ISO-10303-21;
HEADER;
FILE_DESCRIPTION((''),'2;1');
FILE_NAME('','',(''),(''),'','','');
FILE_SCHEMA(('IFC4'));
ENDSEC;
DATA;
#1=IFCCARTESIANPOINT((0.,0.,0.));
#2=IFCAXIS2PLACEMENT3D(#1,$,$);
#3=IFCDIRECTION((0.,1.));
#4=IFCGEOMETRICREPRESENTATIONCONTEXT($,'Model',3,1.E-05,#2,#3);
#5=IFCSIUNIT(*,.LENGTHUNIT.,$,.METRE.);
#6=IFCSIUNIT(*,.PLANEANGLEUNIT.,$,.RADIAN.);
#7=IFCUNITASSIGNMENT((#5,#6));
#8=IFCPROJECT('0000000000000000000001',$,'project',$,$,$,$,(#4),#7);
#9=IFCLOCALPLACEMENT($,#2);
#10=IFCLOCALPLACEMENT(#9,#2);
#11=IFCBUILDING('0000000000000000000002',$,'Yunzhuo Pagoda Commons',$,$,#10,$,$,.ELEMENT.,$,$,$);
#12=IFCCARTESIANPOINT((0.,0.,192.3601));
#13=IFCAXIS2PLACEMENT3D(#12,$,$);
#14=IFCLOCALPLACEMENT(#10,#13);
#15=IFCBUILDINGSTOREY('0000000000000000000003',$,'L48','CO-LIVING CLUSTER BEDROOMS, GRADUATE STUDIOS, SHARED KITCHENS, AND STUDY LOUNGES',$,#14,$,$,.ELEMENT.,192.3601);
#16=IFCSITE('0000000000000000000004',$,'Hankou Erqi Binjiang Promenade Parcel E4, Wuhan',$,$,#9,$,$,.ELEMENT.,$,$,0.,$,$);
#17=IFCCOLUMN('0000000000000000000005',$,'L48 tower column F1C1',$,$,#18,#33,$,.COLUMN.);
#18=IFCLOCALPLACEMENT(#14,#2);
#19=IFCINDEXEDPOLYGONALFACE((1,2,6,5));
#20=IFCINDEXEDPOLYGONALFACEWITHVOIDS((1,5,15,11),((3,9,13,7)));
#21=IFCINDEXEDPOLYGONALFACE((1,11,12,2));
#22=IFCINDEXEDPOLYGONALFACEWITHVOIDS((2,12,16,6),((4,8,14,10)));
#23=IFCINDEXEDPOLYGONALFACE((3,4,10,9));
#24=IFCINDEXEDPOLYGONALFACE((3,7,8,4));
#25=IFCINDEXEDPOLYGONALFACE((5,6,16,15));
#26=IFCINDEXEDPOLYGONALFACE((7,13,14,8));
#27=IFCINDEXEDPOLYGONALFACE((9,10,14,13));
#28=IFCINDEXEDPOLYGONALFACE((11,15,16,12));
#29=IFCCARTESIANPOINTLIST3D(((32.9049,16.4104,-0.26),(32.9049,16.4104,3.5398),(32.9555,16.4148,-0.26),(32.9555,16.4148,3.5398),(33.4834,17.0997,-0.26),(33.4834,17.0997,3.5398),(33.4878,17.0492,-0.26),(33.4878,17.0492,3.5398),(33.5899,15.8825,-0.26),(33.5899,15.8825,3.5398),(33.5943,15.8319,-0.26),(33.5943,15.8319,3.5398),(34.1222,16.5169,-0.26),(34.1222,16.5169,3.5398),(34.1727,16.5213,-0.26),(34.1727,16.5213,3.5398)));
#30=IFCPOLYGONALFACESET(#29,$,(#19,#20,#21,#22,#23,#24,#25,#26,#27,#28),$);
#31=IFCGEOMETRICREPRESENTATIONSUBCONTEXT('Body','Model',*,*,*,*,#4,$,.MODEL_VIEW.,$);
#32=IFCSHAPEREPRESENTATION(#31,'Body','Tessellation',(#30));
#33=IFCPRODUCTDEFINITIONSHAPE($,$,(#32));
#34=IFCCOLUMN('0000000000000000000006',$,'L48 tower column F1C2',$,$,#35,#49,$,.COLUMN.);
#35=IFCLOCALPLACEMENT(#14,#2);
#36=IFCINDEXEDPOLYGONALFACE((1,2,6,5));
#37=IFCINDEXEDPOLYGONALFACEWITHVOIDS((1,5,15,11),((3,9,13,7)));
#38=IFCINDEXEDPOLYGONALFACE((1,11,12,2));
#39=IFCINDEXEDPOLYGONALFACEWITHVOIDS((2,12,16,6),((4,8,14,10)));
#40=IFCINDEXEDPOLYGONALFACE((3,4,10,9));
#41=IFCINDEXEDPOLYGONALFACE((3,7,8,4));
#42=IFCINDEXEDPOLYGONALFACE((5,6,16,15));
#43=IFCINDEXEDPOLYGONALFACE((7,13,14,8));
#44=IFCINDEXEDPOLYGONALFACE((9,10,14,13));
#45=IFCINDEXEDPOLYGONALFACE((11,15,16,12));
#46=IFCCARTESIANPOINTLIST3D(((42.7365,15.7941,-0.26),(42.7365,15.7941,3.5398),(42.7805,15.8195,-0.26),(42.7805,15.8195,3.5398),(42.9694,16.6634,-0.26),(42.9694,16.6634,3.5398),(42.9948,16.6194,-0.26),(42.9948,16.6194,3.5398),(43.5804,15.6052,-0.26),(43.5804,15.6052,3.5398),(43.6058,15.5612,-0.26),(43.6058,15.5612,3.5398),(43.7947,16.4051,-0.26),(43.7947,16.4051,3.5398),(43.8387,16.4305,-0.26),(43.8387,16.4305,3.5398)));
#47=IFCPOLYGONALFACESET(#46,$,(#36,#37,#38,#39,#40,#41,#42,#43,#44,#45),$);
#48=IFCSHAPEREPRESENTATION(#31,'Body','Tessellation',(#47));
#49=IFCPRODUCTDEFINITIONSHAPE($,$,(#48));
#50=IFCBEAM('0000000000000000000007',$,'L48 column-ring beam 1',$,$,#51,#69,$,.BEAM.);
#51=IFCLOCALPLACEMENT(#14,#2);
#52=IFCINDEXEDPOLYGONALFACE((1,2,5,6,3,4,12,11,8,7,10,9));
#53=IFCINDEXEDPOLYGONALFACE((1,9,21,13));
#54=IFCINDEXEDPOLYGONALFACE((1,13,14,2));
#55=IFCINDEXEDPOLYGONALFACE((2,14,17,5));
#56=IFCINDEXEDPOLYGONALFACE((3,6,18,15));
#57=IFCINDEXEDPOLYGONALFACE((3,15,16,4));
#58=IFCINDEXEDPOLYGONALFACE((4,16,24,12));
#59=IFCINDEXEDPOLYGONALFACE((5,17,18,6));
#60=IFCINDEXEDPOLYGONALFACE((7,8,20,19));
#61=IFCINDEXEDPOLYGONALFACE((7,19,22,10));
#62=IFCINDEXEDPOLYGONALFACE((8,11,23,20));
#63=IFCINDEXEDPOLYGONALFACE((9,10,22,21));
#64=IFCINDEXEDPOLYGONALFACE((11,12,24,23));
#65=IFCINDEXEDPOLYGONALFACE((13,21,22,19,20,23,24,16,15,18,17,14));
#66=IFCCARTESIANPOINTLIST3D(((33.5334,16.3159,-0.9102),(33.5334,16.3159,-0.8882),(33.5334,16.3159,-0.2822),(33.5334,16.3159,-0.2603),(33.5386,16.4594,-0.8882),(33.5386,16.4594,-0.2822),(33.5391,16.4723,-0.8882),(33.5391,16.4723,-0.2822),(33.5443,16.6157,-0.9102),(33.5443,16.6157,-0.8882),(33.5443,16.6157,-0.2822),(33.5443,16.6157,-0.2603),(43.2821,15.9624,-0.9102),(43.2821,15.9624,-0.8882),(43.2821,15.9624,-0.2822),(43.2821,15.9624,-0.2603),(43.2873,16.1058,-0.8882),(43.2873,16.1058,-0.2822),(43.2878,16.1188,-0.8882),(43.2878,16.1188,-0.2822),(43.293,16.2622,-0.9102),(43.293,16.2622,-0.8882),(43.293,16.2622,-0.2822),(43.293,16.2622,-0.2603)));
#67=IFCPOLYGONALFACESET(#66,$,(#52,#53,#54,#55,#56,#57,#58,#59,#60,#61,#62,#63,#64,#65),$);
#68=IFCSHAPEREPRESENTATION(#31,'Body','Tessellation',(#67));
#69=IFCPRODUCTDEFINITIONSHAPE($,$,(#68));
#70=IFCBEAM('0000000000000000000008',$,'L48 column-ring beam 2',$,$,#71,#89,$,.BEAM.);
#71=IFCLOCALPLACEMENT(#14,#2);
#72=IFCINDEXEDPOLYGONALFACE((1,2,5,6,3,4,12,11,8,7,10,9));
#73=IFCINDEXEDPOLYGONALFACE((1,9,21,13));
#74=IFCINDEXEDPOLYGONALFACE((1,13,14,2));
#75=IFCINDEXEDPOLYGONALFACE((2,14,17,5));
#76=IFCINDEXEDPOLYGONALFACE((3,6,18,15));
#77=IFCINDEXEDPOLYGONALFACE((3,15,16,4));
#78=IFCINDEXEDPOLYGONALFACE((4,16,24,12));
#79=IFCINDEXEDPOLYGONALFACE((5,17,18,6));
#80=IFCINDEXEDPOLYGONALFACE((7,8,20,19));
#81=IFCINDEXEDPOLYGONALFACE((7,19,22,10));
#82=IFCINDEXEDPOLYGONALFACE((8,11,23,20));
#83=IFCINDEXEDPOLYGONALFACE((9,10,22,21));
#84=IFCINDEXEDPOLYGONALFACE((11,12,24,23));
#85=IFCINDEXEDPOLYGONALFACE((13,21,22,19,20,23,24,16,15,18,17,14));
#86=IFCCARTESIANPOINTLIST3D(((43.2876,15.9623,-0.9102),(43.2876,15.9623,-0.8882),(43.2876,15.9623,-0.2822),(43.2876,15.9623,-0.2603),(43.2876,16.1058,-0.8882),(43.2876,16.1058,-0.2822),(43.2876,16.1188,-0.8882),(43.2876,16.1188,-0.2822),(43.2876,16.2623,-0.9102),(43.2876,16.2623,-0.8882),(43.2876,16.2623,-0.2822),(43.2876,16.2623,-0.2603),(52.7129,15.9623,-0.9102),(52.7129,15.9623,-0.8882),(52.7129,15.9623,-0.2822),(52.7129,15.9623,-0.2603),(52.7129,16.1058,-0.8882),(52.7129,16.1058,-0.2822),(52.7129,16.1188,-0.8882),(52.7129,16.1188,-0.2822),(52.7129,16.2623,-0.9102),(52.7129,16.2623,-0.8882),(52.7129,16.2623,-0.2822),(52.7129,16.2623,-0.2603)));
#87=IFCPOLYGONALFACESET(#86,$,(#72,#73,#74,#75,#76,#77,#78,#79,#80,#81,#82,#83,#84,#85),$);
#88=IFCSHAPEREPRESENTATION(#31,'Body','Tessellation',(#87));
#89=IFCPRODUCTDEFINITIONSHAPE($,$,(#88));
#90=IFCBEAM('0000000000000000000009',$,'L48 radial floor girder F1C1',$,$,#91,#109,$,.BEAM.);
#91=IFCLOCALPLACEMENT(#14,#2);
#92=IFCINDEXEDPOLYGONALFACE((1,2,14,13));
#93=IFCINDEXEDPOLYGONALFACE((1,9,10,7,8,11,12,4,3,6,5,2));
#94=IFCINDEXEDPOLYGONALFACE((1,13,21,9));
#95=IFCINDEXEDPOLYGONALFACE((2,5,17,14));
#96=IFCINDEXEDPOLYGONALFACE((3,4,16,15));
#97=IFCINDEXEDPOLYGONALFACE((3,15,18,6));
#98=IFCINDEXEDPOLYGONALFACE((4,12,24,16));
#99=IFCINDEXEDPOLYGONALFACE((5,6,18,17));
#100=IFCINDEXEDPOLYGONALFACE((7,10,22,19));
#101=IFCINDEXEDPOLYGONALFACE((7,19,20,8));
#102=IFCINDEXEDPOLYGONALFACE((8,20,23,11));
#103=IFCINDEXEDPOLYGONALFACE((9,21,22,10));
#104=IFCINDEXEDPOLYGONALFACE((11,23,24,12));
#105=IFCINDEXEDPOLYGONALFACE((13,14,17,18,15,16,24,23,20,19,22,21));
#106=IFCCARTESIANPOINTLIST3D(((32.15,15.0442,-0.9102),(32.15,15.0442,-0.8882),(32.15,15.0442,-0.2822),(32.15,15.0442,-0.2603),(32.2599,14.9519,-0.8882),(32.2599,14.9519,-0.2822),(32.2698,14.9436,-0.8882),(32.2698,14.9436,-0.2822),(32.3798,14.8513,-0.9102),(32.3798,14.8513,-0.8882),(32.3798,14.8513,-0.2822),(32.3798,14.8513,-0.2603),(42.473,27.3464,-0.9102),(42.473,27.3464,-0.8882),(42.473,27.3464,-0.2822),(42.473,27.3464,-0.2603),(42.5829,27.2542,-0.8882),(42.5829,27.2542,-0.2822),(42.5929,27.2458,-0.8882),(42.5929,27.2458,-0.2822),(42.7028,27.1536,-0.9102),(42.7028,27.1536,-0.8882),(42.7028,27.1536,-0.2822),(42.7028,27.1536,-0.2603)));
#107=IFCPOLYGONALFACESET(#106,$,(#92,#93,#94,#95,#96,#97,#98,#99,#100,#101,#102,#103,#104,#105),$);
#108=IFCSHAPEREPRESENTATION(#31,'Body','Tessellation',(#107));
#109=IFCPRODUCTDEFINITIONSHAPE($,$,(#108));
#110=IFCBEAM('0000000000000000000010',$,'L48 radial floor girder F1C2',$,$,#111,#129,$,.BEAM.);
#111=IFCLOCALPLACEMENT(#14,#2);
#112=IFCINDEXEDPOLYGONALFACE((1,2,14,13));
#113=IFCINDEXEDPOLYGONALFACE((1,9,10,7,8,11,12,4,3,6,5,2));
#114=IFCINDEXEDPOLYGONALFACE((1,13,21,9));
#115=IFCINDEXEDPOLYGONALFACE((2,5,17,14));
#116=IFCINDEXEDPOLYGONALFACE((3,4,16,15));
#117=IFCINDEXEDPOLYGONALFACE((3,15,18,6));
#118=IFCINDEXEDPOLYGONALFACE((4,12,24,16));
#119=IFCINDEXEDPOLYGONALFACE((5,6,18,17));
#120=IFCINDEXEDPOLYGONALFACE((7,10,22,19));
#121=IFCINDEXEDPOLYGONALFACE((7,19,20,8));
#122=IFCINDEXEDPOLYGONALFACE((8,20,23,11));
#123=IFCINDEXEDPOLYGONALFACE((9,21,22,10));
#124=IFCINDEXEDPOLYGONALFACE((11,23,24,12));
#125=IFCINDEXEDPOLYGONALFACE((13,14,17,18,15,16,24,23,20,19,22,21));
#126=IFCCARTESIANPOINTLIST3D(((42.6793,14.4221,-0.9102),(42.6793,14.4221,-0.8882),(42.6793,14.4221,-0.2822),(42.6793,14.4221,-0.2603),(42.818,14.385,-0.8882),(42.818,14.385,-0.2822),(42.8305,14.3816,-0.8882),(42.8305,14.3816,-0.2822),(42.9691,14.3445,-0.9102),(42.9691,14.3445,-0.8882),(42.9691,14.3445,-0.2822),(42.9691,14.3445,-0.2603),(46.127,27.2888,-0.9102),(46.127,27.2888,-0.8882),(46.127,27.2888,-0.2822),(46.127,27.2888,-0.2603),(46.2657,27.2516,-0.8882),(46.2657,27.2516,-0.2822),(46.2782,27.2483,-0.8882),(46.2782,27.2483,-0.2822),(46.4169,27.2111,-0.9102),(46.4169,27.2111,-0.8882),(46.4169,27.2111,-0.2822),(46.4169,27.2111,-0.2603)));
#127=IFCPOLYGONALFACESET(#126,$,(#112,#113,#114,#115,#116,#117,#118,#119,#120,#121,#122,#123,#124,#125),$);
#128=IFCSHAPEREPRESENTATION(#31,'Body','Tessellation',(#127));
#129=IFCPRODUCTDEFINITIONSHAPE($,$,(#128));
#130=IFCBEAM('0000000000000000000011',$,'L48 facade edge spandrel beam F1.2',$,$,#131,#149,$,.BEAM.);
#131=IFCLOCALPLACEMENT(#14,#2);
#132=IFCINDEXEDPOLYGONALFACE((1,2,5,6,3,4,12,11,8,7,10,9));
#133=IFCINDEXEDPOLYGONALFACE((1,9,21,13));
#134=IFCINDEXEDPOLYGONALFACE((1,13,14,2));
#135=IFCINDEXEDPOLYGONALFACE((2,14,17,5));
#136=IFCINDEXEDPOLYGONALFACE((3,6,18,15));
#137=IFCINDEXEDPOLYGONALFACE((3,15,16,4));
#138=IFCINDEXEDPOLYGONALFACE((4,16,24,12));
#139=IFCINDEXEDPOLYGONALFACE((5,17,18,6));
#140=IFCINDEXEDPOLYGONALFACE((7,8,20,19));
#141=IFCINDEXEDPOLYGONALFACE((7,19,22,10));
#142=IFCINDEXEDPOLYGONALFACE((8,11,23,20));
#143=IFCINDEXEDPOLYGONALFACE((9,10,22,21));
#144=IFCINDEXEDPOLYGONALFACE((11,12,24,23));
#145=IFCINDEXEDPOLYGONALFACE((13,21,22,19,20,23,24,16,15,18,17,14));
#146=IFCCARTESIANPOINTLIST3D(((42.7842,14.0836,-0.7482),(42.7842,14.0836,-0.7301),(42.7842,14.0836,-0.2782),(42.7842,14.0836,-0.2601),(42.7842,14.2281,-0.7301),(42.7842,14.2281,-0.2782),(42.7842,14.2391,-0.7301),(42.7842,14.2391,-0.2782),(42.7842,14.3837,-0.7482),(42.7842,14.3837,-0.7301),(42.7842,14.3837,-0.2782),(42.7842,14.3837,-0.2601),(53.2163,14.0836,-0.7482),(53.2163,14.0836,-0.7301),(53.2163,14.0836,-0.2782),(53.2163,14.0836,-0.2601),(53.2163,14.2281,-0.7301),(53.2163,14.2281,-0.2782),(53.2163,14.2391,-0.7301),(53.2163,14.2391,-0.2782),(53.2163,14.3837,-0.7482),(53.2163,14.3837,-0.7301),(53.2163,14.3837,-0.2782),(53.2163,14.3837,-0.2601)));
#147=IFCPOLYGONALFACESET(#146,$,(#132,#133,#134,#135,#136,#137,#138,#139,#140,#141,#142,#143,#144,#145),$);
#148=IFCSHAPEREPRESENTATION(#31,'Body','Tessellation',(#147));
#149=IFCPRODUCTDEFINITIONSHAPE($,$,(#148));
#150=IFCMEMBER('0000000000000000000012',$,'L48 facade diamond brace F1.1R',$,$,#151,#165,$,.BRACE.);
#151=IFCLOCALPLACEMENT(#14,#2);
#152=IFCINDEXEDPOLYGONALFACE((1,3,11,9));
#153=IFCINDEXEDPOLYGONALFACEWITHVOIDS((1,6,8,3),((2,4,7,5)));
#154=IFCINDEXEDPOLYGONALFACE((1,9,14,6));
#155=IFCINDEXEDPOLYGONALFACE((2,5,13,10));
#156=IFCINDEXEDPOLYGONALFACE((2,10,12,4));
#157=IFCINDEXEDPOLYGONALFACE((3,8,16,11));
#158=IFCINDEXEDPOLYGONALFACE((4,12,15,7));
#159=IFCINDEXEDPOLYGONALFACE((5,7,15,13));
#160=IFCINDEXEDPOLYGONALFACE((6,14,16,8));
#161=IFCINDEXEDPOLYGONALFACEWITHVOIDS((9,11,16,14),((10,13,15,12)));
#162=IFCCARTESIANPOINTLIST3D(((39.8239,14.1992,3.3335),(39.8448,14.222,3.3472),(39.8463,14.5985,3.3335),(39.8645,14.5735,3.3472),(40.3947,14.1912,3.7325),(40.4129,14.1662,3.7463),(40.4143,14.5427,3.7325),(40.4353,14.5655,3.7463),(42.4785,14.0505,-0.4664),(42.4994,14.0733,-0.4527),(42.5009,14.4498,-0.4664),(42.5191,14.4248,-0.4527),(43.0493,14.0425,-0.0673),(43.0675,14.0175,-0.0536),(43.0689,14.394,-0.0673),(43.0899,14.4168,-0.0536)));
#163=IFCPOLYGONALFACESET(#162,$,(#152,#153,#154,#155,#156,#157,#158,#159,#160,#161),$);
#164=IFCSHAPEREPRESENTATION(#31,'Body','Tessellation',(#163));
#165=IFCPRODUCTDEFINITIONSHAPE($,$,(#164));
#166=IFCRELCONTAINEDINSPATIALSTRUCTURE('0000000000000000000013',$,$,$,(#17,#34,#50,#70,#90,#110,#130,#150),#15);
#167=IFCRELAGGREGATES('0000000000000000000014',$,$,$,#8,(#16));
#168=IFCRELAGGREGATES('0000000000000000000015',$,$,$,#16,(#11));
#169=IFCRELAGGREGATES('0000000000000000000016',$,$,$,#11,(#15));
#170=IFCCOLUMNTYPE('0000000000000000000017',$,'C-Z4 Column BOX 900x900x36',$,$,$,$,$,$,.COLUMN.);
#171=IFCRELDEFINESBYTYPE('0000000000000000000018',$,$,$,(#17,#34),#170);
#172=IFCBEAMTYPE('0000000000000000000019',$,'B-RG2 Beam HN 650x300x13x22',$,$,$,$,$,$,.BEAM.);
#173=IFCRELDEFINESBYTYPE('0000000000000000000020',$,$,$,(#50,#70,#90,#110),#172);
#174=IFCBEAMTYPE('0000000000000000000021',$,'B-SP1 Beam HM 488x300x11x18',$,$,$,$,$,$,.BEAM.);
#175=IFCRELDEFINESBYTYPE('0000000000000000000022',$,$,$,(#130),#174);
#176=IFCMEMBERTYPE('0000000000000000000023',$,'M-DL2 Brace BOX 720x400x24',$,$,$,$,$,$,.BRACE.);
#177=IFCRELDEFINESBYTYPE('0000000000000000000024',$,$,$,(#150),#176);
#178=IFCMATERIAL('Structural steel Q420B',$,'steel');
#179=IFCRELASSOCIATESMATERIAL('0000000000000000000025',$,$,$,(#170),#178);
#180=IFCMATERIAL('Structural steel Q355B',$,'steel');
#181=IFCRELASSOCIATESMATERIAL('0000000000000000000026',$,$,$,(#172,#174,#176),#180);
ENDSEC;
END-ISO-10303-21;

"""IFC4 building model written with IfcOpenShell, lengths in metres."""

from ifc_helpers import new_model, si_unit, direction, frame, origin, origin_2d, place, context, subcontext, project, spatial, hollow_rectangle, i_section, extrude, source, transform, mapped, material, material_profile, profile_set, type_object, element, save


model = new_model("IFC4")

# Units and contexts
model_context = context("Model", 3, precision=1e-05, world=origin(), true_north=direction((0.0, 1.0)))
body_context = subcontext(model_context, "Body", "Model", "MODEL_VIEW")
ifc_project = project(units=[si_unit("LENGTHUNIT", "METRE"), si_unit("PLANEANGLEUNIT", "RADIAN")], contexts=[model_context])

# Site, building, storey
site_placement = place(None, origin())
site = spatial("IfcSite", under=ifc_project, at=site_placement, Name="Hankou Erqi Binjiang Promenade Parcel E4, Wuhan", CompositionType="ELEMENT", RefElevation=0.0)
building_placement = place(site_placement, origin())
building = spatial("IfcBuilding", under=site, at=building_placement, Name="Yunzhuo Pagoda Commons", CompositionType="ELEMENT")
storey_placement = place(building_placement, frame((0.0, 0.0, 192.3601)))
storey = spatial("IfcBuildingStorey", under=building, at=storey_placement, Name="L48", Description="CO-LIVING CLUSTER BEDROOMS, GRADUATE STUDIOS, SHARED KITCHENS, AND STUDY LOUNGES", CompositionType="ELEMENT", Elevation=192.3601)

# Columns
ifc_material_1 = material(Name="Structural steel Q420B", Category="steel")
ifc_material_profile_1 = material_profile(ifc_material_1, hollow_rectangle(XDim=0.8999, YDim=0.8999, WallThickness=0.0359, at=origin_2d()), Name="Structural steel Q420B")
ifc_profile_set_1 = profile_set([ifc_material_profile_1], Name="Structural steel Q420B")
column_type = type_object("IfcColumnType", Name="C-Z4 Column BOX 900x900x36", PredefinedType="COLUMN", material=ifc_profile_set_1)
shared_shape_1 = source(origin(), body_context, "Body", "SweptSolid", [
    extrude(hollow_rectangle(XDim=0.8999, YDim=0.8999, WallThickness=0.0359, at=origin_2d()), origin(), (0.0, 0.0, 1.0), 3.7998),
])
for number, where, z_axis, x_axis, name in (
    (1, (33.5388, 16.4658, -0.26), (0.0, 0.0, 1.0), (0.766044, -0.642788, 0.0), "L48 tower column F1C1"),
    (2, (43.2876, 16.1123, -0.26), (0.0, 0.0, 1.0), (0.965926, -0.258819, 0.0), "L48 tower column F1C2"),
):
    element("IfcColumn", number, at=place(storey_placement, frame(where, z_axis=z_axis, x_axis=x_axis)), inside=storey, type_object=column_type, Name=name, PredefinedType="COLUMN", context=body_context, shape_type="MappedRepresentation", body=[
        mapped(shared_shape_1, transform((0.0, 0.0, 0.0), scale=1.0)),
    ])

# Beams
ifc_material_2 = material(Name="Structural steel Q355B", Category="steel")
ifc_material_profile_2 = material_profile(ifc_material_2, i_section(OverallWidth=0.3, OverallDepth=0.6499, WebThickness=0.0129, FlangeThickness=0.022, at=origin_2d()), Name="Structural steel Q355B")
ifc_profile_set_2 = profile_set([ifc_material_profile_2], Name="Structural steel Q355B")
beam_type_1 = type_object("IfcBeamType", Name="B-RG2 Beam HN 650x300x13x22", PredefinedType="BEAM", material=ifc_profile_set_2)
shared_shape_2 = source(origin(), body_context, "Body", "SweptSolid", [
    extrude(i_section(OverallWidth=0.3, OverallDepth=0.6499, WebThickness=0.0129, FlangeThickness=0.022, at=origin_2d()), origin(), (0.0, 0.0, 1.0), 9.7551),
])
beam_1_placement = place(storey_placement, frame((33.5388, 16.4658, -0.5852), z_axis=(0.999343, -0.036239, 0.0), x_axis=(0.036239, 0.999343, 0.0)))
element("IfcBeam", 3, at=beam_1_placement, inside=storey, type_object=beam_type_1, Name="L48 column-ring beam 1", PredefinedType="BEAM", context=body_context, shape_type="MappedRepresentation", body=[
    mapped(shared_shape_2, transform((0.0, 0.0, 0.0), scale=1.0)),
])
shared_shape_3 = source(origin(), body_context, "Body", "SweptSolid", [
    extrude(i_section(OverallWidth=0.3, OverallDepth=0.6499, WebThickness=0.0129, FlangeThickness=0.022, at=origin_2d()), origin(), (0.0, 0.0, 1.0), 9.4253),
])
beam_2_placement = place(storey_placement, frame((43.2876, 16.1123, -0.5852), z_axis=(1.0, 0.0, 0.0), x_axis=(0.0, 1.0, 0.0)))
element("IfcBeam", 4, at=beam_2_placement, inside=storey, type_object=beam_type_1, Name="L48 column-ring beam 2", PredefinedType="BEAM", context=body_context, shape_type="MappedRepresentation", body=[
    mapped(shared_shape_3, transform((0.0, 0.0, 0.0), scale=1.0)),
])
shared_shape_4 = source(origin(), body_context, "Body", "SweptSolid", [
    extrude(i_section(OverallWidth=0.3, OverallDepth=0.6499, WebThickness=0.0129, FlangeThickness=0.022, at=origin_2d()), origin(), (0.0, 0.0, 1.0), 16.0596),
])
beam_3_placement = place(storey_placement, frame((32.2649, 14.9478, -0.5852), z_axis=(0.642794, 0.766039, 0.0), x_axis=(-0.766039, 0.642794, 0.0)))
element("IfcBeam", 5, at=beam_3_placement, inside=storey, type_object=beam_type_1, Name="L48 radial floor girder F1C1", PredefinedType="BEAM", context=body_context, shape_type="MappedRepresentation", body=[
    mapped(shared_shape_4, transform((0.0, 0.0, 0.0), scale=1.0)),
])
shared_shape_5 = source(origin(), body_context, "Body", "SweptSolid", [
    extrude(i_section(OverallWidth=0.3, OverallDepth=0.6499, WebThickness=0.0129, FlangeThickness=0.022, at=origin_2d()), origin(), (0.0, 0.0, 1.0), 13.3206),
])
beam_4_placement = place(storey_placement, frame((42.8242, 14.3833, -0.5852), z_axis=(0.258828, 0.965923, 0.0), x_axis=(-0.965923, 0.258828, 0.0)))
element("IfcBeam", 6, at=beam_4_placement, inside=storey, type_object=beam_type_1, Name="L48 radial floor girder F1C2", PredefinedType="BEAM", context=body_context, shape_type="MappedRepresentation", body=[
    mapped(shared_shape_5, transform((0.0, 0.0, 0.0), scale=1.0)),
])
ifc_material_profile_3 = material_profile(ifc_material_2, i_section(OverallWidth=0.3, OverallDepth=0.488, WebThickness=0.011, FlangeThickness=0.0181, at=origin_2d()), Name="Structural steel Q355B")
ifc_profile_set_3 = profile_set([ifc_material_profile_3], Name="Structural steel Q355B")
beam_type_2 = type_object("IfcBeamType", Name="B-SP1 Beam HM 488x300x11x18", PredefinedType="BEAM", material=ifc_profile_set_3)
shared_shape_6 = source(origin(), body_context, "Body", "SweptSolid", [
    extrude(i_section(OverallWidth=0.3, OverallDepth=0.488, WebThickness=0.011, FlangeThickness=0.0181, at=origin_2d()), origin(), (0.0, 0.0, 1.0), 10.4321),
])
beam_5_placement = place(storey_placement, frame((42.7842, 14.2336, -0.5042), z_axis=(1.0, 0.0, 0.0), x_axis=(0.0, 1.0, 0.0)))
element("IfcBeam", 7, at=beam_5_placement, inside=storey, type_object=beam_type_2, Name="L48 facade edge spandrel beam F1.2", PredefinedType="BEAM", context=body_context, shape_type="MappedRepresentation", body=[
    mapped(shared_shape_6, transform((0.0, 0.0, 0.0), scale=1.0)),
])

# Member
ifc_material_profile_4 = material_profile(ifc_material_2, hollow_rectangle(XDim=0.3999, YDim=0.72, WallThickness=0.0239, at=origin_2d()), Name="Structural steel Q355B")
ifc_profile_set_4 = profile_set([ifc_material_profile_4], Name="Structural steel Q355B")
member_type_1 = type_object("IfcMemberType", Name="M-DL2 Brace BOX 720x400x24", PredefinedType="BRACE", material=ifc_profile_set_4)
shared_shape_7 = source(origin(), body_context, "Body", "SweptSolid", [
    extrude(hollow_rectangle(XDim=0.3999, YDim=0.72, WallThickness=0.0239, at=origin_2d()), origin(), (0.0, 0.0, 1.0), 4.6377),
])
member_1_placement = place(storey_placement, frame((42.7842, 14.2336, -0.26), z_axis=(-0.572397, 0.03206, 0.81935), x_axis=(-0.055923, -0.998435, 0.0)))
element("IfcMember", 8, at=member_1_placement, inside=storey, type_object=member_type_1, Name="L48 facade diamond brace F1.1R", PredefinedType="BRACE", context=body_context, shape_type="MappedRepresentation", body=[
    mapped(shared_shape_7, transform((0.0, 0.0, 0.0), scale=1.0)),
])

save(model, "model.ifc")
